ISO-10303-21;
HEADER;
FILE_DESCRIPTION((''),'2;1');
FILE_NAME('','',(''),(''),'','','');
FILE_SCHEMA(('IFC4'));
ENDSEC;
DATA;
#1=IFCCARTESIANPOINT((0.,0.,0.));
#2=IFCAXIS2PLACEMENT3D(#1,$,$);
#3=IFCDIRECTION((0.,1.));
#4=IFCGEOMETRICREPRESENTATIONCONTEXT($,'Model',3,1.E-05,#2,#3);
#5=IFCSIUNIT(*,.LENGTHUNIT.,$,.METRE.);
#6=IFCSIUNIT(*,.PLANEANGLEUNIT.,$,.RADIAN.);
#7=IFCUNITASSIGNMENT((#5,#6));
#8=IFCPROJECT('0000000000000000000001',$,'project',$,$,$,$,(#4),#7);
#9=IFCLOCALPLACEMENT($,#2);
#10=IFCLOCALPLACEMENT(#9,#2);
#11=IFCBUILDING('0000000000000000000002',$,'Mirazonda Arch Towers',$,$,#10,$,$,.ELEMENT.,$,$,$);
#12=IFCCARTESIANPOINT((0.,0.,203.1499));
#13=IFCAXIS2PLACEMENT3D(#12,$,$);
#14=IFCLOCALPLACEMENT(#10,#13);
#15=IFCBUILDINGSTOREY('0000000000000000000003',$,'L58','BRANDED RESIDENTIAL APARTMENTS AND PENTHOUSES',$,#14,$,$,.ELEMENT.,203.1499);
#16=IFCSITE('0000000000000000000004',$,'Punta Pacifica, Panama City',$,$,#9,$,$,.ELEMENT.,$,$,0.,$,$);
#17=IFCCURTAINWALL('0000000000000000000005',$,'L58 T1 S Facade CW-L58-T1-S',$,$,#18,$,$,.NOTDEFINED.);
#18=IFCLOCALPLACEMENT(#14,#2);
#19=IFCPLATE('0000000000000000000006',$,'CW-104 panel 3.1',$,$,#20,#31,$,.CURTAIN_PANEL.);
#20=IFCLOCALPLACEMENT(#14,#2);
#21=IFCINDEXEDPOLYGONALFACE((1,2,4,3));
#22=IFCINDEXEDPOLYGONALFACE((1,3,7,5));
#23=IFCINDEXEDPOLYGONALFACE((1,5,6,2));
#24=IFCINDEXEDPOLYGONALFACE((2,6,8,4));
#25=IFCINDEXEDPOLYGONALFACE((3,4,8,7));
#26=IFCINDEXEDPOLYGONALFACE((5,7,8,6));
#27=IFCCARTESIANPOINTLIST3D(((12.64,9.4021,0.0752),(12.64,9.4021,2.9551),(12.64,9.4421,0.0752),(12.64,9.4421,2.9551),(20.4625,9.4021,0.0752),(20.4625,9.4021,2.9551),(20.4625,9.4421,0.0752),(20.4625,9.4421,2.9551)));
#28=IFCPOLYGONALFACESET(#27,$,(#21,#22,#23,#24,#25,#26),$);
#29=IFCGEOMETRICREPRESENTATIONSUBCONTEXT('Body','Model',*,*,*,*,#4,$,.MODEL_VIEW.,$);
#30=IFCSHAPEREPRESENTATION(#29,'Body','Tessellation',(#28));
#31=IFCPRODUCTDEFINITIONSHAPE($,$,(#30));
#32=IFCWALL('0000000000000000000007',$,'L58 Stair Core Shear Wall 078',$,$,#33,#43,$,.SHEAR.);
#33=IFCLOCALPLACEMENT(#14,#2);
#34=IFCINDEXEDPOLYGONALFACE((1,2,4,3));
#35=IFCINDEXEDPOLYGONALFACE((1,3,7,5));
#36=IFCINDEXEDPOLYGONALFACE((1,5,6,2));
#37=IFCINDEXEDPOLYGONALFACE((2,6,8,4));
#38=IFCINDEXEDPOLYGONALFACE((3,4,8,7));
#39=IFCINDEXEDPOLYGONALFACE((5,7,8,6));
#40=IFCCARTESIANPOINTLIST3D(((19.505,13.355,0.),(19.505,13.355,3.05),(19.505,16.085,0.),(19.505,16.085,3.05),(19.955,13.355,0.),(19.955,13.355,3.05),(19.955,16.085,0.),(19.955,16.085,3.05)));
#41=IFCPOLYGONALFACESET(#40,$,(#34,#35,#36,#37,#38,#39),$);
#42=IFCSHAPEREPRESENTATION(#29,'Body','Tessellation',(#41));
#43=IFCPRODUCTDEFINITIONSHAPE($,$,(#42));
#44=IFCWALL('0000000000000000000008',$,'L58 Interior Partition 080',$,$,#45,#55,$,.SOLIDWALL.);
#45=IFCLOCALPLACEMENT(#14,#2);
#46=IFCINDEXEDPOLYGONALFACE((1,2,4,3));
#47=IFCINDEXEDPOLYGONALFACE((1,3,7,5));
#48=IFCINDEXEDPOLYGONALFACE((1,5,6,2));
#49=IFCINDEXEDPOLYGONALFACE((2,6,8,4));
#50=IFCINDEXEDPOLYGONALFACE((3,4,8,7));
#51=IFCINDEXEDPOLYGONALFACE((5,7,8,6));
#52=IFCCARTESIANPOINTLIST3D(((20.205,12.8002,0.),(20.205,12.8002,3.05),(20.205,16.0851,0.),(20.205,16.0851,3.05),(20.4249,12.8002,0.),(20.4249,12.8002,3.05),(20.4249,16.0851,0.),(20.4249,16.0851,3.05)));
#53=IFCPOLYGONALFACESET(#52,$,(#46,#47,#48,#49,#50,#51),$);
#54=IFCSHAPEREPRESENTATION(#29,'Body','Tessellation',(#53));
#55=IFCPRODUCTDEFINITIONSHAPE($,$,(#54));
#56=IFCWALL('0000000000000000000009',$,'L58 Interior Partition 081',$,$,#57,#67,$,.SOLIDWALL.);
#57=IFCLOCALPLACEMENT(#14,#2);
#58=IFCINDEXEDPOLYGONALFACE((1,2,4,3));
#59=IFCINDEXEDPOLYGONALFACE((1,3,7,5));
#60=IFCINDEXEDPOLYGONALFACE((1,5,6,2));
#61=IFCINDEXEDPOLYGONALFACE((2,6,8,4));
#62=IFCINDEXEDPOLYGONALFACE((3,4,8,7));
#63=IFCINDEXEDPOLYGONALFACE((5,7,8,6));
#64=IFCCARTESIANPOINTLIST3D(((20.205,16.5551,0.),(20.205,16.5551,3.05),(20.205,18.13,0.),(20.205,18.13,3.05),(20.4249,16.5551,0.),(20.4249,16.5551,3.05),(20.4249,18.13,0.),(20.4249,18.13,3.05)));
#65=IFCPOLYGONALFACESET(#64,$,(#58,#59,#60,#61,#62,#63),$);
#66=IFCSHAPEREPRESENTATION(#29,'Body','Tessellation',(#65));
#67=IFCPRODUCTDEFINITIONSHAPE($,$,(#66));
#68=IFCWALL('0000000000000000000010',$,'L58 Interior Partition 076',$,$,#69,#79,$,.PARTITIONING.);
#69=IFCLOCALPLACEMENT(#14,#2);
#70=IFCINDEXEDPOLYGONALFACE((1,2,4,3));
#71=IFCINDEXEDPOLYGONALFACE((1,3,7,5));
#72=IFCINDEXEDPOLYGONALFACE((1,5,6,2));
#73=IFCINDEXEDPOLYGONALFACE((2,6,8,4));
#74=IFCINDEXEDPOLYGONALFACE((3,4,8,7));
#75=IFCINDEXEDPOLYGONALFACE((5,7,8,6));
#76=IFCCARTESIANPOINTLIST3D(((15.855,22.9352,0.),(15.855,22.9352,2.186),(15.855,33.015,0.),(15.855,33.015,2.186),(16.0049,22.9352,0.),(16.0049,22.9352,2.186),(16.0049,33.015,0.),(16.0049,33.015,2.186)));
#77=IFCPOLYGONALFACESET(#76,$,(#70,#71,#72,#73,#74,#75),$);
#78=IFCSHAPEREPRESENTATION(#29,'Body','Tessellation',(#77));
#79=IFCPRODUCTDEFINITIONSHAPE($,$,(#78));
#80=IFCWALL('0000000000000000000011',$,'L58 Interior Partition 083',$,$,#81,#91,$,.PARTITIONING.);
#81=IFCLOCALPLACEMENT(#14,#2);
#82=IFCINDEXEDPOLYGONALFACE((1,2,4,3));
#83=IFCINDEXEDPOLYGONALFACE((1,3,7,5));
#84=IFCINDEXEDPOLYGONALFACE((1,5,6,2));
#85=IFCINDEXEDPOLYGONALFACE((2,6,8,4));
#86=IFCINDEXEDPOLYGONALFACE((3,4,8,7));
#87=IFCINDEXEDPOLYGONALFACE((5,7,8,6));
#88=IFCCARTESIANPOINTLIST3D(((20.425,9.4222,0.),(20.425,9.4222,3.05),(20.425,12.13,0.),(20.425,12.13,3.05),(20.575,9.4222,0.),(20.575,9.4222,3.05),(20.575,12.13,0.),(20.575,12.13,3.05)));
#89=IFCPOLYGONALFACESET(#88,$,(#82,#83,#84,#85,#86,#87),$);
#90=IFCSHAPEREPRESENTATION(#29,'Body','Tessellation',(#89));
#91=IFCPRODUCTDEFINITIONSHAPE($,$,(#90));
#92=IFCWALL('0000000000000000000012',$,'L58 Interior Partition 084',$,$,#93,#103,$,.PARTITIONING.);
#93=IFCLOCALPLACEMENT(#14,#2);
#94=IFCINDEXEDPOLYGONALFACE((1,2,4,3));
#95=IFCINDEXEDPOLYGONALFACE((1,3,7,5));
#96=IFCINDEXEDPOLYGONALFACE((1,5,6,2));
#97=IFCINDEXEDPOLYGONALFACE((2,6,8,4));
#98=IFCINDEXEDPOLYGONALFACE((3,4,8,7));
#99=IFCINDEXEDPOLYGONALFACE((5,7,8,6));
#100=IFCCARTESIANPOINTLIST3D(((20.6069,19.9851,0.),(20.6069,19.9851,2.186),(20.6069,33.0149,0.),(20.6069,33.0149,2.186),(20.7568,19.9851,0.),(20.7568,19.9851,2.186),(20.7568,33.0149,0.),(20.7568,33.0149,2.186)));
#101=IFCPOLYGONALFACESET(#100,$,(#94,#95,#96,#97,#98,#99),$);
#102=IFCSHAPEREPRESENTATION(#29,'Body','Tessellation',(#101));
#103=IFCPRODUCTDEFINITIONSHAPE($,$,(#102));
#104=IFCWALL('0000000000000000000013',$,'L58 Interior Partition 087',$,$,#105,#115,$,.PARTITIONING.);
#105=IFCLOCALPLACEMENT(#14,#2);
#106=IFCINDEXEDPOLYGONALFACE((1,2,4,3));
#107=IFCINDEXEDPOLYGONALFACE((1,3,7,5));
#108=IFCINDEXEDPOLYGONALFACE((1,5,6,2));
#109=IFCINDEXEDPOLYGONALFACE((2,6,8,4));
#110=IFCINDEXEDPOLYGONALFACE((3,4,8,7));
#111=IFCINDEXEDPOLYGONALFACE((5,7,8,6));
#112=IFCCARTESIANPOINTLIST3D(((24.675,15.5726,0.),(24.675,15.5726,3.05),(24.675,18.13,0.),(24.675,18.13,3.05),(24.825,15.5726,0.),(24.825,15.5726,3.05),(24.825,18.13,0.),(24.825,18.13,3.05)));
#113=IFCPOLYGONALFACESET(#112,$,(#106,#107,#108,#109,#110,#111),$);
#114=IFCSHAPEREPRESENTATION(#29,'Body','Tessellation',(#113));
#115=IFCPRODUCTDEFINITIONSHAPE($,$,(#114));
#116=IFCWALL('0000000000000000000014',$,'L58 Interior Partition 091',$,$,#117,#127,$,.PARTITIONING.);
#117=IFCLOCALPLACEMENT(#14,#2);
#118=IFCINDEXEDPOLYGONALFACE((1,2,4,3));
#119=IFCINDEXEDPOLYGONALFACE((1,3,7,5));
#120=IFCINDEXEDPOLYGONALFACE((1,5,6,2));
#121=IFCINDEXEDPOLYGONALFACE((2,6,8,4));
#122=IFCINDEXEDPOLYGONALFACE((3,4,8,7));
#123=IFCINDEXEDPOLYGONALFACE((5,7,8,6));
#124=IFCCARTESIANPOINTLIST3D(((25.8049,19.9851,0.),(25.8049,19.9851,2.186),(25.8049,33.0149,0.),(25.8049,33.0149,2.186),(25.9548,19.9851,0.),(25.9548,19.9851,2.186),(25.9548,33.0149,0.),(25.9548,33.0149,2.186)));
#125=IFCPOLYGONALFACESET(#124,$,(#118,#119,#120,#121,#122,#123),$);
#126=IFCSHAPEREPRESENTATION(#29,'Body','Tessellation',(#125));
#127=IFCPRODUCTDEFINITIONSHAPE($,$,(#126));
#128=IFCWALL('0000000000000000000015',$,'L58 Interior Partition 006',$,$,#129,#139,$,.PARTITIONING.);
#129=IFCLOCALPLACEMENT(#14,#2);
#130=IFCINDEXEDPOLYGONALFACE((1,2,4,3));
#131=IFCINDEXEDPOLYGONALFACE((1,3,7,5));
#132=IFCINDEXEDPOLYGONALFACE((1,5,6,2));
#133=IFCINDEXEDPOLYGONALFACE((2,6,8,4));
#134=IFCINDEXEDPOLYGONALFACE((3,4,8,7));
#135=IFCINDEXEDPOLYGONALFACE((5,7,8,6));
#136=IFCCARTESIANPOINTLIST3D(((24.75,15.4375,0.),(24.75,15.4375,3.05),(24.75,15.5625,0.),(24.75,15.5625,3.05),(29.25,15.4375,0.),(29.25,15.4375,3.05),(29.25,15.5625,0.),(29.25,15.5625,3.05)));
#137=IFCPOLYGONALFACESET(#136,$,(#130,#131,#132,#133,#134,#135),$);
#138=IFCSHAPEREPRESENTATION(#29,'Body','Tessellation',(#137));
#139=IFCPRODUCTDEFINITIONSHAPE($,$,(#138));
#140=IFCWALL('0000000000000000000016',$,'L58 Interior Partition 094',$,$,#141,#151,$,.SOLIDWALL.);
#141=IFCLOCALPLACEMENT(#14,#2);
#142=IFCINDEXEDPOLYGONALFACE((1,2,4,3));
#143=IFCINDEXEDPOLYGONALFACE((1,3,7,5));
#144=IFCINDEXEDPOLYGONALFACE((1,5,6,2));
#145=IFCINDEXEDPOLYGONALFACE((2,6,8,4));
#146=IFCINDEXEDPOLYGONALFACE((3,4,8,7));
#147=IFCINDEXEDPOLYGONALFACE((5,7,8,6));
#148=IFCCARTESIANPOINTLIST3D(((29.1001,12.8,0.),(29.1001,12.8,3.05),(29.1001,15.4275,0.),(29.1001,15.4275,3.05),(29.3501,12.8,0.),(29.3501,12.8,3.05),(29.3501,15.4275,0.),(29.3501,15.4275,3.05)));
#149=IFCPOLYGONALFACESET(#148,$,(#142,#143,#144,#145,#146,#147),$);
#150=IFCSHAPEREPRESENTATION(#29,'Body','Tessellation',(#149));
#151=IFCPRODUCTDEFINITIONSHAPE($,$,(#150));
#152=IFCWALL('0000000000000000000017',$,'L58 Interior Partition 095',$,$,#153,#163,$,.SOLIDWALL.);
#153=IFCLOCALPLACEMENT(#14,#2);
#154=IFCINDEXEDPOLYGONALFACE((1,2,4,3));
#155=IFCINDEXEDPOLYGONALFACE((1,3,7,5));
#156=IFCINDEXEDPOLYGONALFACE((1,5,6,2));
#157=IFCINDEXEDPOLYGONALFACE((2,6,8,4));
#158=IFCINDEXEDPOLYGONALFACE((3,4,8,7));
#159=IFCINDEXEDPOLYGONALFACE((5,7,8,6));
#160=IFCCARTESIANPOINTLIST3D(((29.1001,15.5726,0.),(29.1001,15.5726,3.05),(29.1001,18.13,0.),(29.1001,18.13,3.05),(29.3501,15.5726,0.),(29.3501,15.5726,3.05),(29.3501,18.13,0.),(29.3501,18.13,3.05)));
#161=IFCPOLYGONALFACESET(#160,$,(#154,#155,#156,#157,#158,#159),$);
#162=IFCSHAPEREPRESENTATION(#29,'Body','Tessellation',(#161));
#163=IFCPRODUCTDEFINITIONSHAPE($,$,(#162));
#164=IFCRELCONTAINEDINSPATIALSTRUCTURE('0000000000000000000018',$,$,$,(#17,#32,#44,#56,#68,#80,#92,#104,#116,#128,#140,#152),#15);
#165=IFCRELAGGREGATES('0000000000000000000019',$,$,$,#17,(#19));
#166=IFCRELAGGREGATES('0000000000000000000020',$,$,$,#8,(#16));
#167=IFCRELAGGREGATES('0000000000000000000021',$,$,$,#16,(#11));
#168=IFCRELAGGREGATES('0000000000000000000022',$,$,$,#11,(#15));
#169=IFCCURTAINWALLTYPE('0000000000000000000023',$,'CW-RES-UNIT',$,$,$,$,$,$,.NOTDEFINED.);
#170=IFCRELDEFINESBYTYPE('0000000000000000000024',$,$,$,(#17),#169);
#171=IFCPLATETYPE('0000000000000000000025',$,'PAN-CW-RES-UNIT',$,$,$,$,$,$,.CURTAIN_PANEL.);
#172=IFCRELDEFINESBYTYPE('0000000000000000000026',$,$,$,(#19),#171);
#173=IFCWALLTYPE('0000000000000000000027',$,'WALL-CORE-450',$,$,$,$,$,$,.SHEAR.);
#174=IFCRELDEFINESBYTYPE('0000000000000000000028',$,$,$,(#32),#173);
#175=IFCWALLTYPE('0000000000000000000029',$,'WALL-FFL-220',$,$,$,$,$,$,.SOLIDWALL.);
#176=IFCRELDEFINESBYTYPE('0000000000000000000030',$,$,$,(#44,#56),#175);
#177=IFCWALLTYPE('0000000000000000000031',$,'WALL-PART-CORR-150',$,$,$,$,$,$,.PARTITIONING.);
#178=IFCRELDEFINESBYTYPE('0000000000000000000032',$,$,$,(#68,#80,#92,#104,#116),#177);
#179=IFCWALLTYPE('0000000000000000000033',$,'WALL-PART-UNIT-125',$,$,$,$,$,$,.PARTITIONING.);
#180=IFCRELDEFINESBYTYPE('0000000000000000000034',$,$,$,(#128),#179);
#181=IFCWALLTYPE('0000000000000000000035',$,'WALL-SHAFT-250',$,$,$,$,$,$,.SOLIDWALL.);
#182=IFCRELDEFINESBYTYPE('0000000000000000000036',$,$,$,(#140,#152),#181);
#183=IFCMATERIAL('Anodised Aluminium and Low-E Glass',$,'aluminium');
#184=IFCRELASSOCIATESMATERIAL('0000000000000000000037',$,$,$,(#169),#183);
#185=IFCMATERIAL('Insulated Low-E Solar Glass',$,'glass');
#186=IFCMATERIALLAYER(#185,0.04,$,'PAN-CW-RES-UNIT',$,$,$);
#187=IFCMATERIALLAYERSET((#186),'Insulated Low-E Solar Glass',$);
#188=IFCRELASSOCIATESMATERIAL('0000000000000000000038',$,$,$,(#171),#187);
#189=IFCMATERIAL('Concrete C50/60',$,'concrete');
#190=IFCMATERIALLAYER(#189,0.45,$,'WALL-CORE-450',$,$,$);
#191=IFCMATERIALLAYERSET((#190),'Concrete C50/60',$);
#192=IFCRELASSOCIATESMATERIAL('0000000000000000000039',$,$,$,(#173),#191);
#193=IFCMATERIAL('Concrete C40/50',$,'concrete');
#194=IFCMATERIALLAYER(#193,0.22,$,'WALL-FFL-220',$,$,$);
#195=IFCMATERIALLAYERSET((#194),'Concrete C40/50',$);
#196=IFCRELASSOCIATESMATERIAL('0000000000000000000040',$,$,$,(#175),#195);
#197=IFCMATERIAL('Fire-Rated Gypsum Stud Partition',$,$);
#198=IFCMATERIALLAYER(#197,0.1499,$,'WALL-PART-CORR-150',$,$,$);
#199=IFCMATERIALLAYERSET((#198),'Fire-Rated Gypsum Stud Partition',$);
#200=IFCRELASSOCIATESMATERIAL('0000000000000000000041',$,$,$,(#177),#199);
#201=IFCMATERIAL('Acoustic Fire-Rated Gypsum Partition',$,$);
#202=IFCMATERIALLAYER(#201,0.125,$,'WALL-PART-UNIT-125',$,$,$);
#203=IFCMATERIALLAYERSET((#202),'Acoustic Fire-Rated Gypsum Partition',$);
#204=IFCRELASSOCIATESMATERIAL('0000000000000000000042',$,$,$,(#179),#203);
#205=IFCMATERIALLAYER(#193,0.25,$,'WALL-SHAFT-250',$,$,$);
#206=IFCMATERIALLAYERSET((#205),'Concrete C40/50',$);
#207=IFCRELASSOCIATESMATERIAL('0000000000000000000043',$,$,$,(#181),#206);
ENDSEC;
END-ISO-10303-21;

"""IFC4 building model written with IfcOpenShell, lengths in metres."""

from ifc_helpers import new_model, si_unit, direction, frame, frame_2d, origin, origin_2d, place, context, subcontext, project, spatial, rectangle, extrude, material, layer, layer_set, type_object, element, aggregate, save


model = new_model("IFC4")

# Units and contexts
model_context = context("Model", 3, precision=1e-05, world=origin(), true_north=direction((0.0, 1.0)))
body_context = subcontext(model_context, "Body", "Model", "MODEL_VIEW")
ifc_project = project(units=[si_unit("LENGTHUNIT", "METRE"), si_unit("PLANEANGLEUNIT", "RADIAN")], contexts=[model_context])

# Site, building, storey
site_placement = place(None, origin())
site = spatial("IfcSite", under=ifc_project, at=site_placement, Name="Punta Pacifica, Panama City", CompositionType="ELEMENT", RefElevation=0.0)
building_placement = place(site_placement, origin())
building = spatial("IfcBuilding", under=site, at=building_placement, Name="Mirazonda Arch Towers", CompositionType="ELEMENT")
storey_placement = place(building_placement, frame((0.0, 0.0, 203.1499)))
storey = spatial("IfcBuildingStorey", under=building, at=storey_placement, Name="L58", Description="BRANDED RESIDENTIAL APARTMENTS AND PENTHOUSES", CompositionType="ELEMENT", Elevation=203.1499)

# Shared definitions
ifc_material_1 = material(Name="Concrete C50/60", Category="concrete")

# Curtain wall, plate
ifc_material_2 = material(Name="Anodised Aluminium and Low-E Glass", Category="aluminium")
curtain_wall_type = type_object("IfcCurtainWallType", Name="CW-RES-UNIT", PredefinedType="NOTDEFINED", material=ifc_material_2)
curtain_wall_placement = place(storey_placement, origin())
curtain_wall = element("IfcCurtainWall", 1, at=curtain_wall_placement, inside=storey, type_object=curtain_wall_type, Name="L58 T1 S Facade CW-L58-T1-S", PredefinedType="NOTDEFINED")
ifc_material_3 = material(Name="Insulated Low-E Solar Glass", Category="glass")
ifc_layer_1 = layer(ifc_material_3, 0.04, Name="PAN-CW-RES-UNIT")
ifc_layer_set_1 = layer_set([ifc_layer_1], Name="Insulated Low-E Solar Glass")
plate_type = type_object("IfcPlateType", Name="PAN-CW-RES-UNIT", PredefinedType="CURTAIN_PANEL", material=ifc_layer_set_1)
plate_1_placement = place(storey_placement, frame((16.5513, 9.4221, 0.0752), z_axis=(0.0, 0.0, 1.0), x_axis=(-1.0, 0.0, 0.0)))
plate_1 = element("IfcPlate", 2, at=plate_1_placement, type_object=plate_type, Name="CW-104 panel 3.1", PredefinedType="CURTAIN_PANEL", context=body_context, shape_type="SweptSolid", body=[
    extrude(rectangle(XDim=7.8225, YDim=0.04, at=origin_2d()), origin(), (0.0, 0.0, 1.0), 2.8799),
])
aggregate(curtain_wall, [plate_1])

# Walls
ifc_layer_2 = layer(ifc_material_1, 0.45, Name="WALL-CORE-450")
ifc_layer_set_2 = layer_set([ifc_layer_2], Name="Concrete C50/60")
wall_type_1 = type_object("IfcWallType", Name="WALL-CORE-450", PredefinedType="SHEAR", material=ifc_layer_set_2)
wall_1_placement = place(storey_placement, frame((19.73, 13.355, 0.0), z_axis=(0.0, 0.0, 1.0), x_axis=(0.0, 1.0, 0.0)))
element("IfcWall", 3, at=wall_1_placement, inside=storey, type_object=wall_type_1, Name="L58 Stair Core Shear Wall 078", PredefinedType="SHEAR", context=body_context, shape_type="SweptSolid", body=[
    extrude(rectangle(XDim=2.73, YDim=0.45, at=frame_2d((1.365, 0.0))), origin(), (0.0, 0.0, 1.0), 3.05),
])
ifc_material_4 = material(Name="Concrete C40/50", Category="concrete")
ifc_layer_3 = layer(ifc_material_4, 0.22, Name="WALL-FFL-220")
ifc_layer_set_3 = layer_set([ifc_layer_3], Name="Concrete C40/50")
wall_type_2 = type_object("IfcWallType", Name="WALL-FFL-220", PredefinedType="SOLIDWALL", material=ifc_layer_set_3)
wall_2_placement = place(storey_placement, frame((20.3149, 12.8, 0.0), z_axis=(0.0, 0.0, 1.0), x_axis=(0.0, 1.0, 0.0)))
element("IfcWall", 4, at=wall_2_placement, inside=storey, type_object=wall_type_2, Name="L58 Interior Partition 080", PredefinedType="SOLIDWALL", context=body_context, shape_type="SweptSolid", body=[
    extrude(rectangle(XDim=3.2849, YDim=0.22, at=frame_2d((1.6426, 0.0))), origin(), (0.0, 0.0, 1.0), 3.05),
])
wall_3_placement = place(storey_placement, frame((20.3149, 16.5549, 0.0), z_axis=(0.0, 0.0, 1.0), x_axis=(0.0, 1.0, 0.0)))
element("IfcWall", 5, at=wall_3_placement, inside=storey, type_object=wall_type_2, Name="L58 Interior Partition 081", PredefinedType="SOLIDWALL", context=body_context, shape_type="SweptSolid", body=[
    extrude(rectangle(XDim=1.575, YDim=0.22, at=frame_2d((0.7876, 0.0))), origin(), (0.0, 0.0, 1.0), 3.05),
])
ifc_material_5 = material(Name="Fire-Rated Gypsum Stud Partition")
ifc_layer_4 = layer(ifc_material_5, 0.1499, Name="WALL-PART-CORR-150")
ifc_layer_set_4 = layer_set([ifc_layer_4], Name="Fire-Rated Gypsum Stud Partition")
wall_type_3 = type_object("IfcWallType", Name="WALL-PART-CORR-150", PredefinedType="PARTITIONING", material=ifc_layer_set_4)
wall_4_placement = place(storey_placement, frame((15.9299, 22.9351, 0.0), z_axis=(0.0, 0.0, 1.0), x_axis=(0.0, 1.0, 0.0)))
element("IfcWall", 6, at=wall_4_placement, inside=storey, type_object=wall_type_3, Name="L58 Interior Partition 076", PredefinedType="PARTITIONING", context=body_context, shape_type="SweptSolid", body=[
    extrude(rectangle(XDim=10.0798, YDim=0.1499, at=frame_2d((5.04, 0.0))), origin(), (0.0, 0.0, 1.0), 2.186),
])
wall_5_placement = place(storey_placement, frame((20.5, 9.4221, 0.0), z_axis=(0.0, 0.0, 1.0), x_axis=(0.0, 1.0, 0.0)))
element("IfcWall", 7, at=wall_5_placement, inside=storey, type_object=wall_type_3, Name="L58 Interior Partition 083", PredefinedType="PARTITIONING", context=body_context, shape_type="SweptSolid", body=[
    extrude(rectangle(XDim=2.7078, YDim=0.1499, at=frame_2d((1.354, 0.0))), origin(), (0.0, 0.0, 1.0), 3.05),
])
wall_6_placement = place(storey_placement, frame((20.6819, 19.9851, 0.0), z_axis=(0.0, 0.0, 1.0), x_axis=(0.0, 1.0, 0.0)))
element("IfcWall", 8, at=wall_6_placement, inside=storey, type_object=wall_type_3, Name="L58 Interior Partition 084", PredefinedType="PARTITIONING", context=body_context, shape_type="SweptSolid", body=[
    extrude(rectangle(XDim=13.0298, YDim=0.1499, at=frame_2d((6.5149, 0.0))), origin(), (0.0, 0.0, 1.0), 2.186),
])

# Walls
wall_7_placement = place(storey_placement, frame((24.75, 15.5725, 0.0), z_axis=(0.0, 0.0, 1.0), x_axis=(0.0, 1.0, 0.0)))
element("IfcWall", 9, at=wall_7_placement, inside=storey, type_object=wall_type_3, Name="L58 Interior Partition 087", PredefinedType="PARTITIONING", context=body_context, shape_type="SweptSolid", body=[
    extrude(rectangle(XDim=2.5574, YDim=0.1499, at=frame_2d((1.2788, 0.0))), origin(), (0.0, 0.0, 1.0), 3.05),
])
wall_8_placement = place(storey_placement, frame((25.8799, 19.9851, 0.0), z_axis=(0.0, 0.0, 1.0), x_axis=(0.0, 1.0, 0.0)))
element("IfcWall", 10, at=wall_8_placement, inside=storey, type_object=wall_type_3, Name="L58 Interior Partition 091", PredefinedType="PARTITIONING", context=body_context, shape_type="SweptSolid", body=[
    extrude(rectangle(XDim=13.0298, YDim=0.1499, at=frame_2d((6.5149, 0.0))), origin(), (0.0, 0.0, 1.0), 2.186),
])
ifc_material_6 = material(Name="Acoustic Fire-Rated Gypsum Partition")
ifc_layer_5 = layer(ifc_material_6, 0.125, Name="WALL-PART-UNIT-125")
ifc_layer_set_5 = layer_set([ifc_layer_5], Name="Acoustic Fire-Rated Gypsum Partition")
wall_type_4 = type_object("IfcWallType", Name="WALL-PART-UNIT-125", PredefinedType="PARTITIONING", material=ifc_layer_set_5)
wall_9_placement = place(storey_placement, frame((24.75, 15.5, 0.0), z_axis=(0.0, 0.0, 1.0), x_axis=(1.0, 0.0, 0.0)))
element("IfcWall", 11, at=wall_9_placement, inside=storey, type_object=wall_type_4, Name="L58 Interior Partition 006", PredefinedType="PARTITIONING", context=body_context, shape_type="SweptSolid", body=[
    extrude(rectangle(XDim=4.5, YDim=0.125, at=frame_2d((2.25, 0.0))), origin(), (0.0, 0.0, 1.0), 3.05),
])
ifc_layer_6 = layer(ifc_material_4, 0.25, Name="WALL-SHAFT-250")
ifc_layer_set_6 = layer_set([ifc_layer_6], Name="Concrete C40/50")
wall_type_5 = type_object("IfcWallType", Name="WALL-SHAFT-250", PredefinedType="SOLIDWALL", material=ifc_layer_set_6)
wall_10_placement = place(storey_placement, frame((29.2251, 12.8, 0.0), z_axis=(0.0, 0.0, 1.0), x_axis=(0.0, 1.0, 0.0)))
element("IfcWall", 12, at=wall_10_placement, inside=storey, type_object=wall_type_5, Name="L58 Interior Partition 094", PredefinedType="SOLIDWALL", context=body_context, shape_type="SweptSolid", body=[
    extrude(rectangle(XDim=2.6274, YDim=0.25, at=frame_2d((1.3137, 0.0))), origin(), (0.0, 0.0, 1.0), 3.05),
])
wall_11_placement = place(storey_placement, frame((29.2251, 15.5725, 0.0), z_axis=(0.0, 0.0, 1.0), x_axis=(0.0, 1.0, 0.0)))
element("IfcWall", 13, at=wall_11_placement, inside=storey, type_object=wall_type_5, Name="L58 Interior Partition 095", PredefinedType="SOLIDWALL", context=body_context, shape_type="SweptSolid", body=[
    extrude(rectangle(XDim=2.5574, YDim=0.25, at=frame_2d((1.2788, 0.0))), origin(), (0.0, 0.0, 1.0), 3.05),
])

save(model, "model.ifc")
